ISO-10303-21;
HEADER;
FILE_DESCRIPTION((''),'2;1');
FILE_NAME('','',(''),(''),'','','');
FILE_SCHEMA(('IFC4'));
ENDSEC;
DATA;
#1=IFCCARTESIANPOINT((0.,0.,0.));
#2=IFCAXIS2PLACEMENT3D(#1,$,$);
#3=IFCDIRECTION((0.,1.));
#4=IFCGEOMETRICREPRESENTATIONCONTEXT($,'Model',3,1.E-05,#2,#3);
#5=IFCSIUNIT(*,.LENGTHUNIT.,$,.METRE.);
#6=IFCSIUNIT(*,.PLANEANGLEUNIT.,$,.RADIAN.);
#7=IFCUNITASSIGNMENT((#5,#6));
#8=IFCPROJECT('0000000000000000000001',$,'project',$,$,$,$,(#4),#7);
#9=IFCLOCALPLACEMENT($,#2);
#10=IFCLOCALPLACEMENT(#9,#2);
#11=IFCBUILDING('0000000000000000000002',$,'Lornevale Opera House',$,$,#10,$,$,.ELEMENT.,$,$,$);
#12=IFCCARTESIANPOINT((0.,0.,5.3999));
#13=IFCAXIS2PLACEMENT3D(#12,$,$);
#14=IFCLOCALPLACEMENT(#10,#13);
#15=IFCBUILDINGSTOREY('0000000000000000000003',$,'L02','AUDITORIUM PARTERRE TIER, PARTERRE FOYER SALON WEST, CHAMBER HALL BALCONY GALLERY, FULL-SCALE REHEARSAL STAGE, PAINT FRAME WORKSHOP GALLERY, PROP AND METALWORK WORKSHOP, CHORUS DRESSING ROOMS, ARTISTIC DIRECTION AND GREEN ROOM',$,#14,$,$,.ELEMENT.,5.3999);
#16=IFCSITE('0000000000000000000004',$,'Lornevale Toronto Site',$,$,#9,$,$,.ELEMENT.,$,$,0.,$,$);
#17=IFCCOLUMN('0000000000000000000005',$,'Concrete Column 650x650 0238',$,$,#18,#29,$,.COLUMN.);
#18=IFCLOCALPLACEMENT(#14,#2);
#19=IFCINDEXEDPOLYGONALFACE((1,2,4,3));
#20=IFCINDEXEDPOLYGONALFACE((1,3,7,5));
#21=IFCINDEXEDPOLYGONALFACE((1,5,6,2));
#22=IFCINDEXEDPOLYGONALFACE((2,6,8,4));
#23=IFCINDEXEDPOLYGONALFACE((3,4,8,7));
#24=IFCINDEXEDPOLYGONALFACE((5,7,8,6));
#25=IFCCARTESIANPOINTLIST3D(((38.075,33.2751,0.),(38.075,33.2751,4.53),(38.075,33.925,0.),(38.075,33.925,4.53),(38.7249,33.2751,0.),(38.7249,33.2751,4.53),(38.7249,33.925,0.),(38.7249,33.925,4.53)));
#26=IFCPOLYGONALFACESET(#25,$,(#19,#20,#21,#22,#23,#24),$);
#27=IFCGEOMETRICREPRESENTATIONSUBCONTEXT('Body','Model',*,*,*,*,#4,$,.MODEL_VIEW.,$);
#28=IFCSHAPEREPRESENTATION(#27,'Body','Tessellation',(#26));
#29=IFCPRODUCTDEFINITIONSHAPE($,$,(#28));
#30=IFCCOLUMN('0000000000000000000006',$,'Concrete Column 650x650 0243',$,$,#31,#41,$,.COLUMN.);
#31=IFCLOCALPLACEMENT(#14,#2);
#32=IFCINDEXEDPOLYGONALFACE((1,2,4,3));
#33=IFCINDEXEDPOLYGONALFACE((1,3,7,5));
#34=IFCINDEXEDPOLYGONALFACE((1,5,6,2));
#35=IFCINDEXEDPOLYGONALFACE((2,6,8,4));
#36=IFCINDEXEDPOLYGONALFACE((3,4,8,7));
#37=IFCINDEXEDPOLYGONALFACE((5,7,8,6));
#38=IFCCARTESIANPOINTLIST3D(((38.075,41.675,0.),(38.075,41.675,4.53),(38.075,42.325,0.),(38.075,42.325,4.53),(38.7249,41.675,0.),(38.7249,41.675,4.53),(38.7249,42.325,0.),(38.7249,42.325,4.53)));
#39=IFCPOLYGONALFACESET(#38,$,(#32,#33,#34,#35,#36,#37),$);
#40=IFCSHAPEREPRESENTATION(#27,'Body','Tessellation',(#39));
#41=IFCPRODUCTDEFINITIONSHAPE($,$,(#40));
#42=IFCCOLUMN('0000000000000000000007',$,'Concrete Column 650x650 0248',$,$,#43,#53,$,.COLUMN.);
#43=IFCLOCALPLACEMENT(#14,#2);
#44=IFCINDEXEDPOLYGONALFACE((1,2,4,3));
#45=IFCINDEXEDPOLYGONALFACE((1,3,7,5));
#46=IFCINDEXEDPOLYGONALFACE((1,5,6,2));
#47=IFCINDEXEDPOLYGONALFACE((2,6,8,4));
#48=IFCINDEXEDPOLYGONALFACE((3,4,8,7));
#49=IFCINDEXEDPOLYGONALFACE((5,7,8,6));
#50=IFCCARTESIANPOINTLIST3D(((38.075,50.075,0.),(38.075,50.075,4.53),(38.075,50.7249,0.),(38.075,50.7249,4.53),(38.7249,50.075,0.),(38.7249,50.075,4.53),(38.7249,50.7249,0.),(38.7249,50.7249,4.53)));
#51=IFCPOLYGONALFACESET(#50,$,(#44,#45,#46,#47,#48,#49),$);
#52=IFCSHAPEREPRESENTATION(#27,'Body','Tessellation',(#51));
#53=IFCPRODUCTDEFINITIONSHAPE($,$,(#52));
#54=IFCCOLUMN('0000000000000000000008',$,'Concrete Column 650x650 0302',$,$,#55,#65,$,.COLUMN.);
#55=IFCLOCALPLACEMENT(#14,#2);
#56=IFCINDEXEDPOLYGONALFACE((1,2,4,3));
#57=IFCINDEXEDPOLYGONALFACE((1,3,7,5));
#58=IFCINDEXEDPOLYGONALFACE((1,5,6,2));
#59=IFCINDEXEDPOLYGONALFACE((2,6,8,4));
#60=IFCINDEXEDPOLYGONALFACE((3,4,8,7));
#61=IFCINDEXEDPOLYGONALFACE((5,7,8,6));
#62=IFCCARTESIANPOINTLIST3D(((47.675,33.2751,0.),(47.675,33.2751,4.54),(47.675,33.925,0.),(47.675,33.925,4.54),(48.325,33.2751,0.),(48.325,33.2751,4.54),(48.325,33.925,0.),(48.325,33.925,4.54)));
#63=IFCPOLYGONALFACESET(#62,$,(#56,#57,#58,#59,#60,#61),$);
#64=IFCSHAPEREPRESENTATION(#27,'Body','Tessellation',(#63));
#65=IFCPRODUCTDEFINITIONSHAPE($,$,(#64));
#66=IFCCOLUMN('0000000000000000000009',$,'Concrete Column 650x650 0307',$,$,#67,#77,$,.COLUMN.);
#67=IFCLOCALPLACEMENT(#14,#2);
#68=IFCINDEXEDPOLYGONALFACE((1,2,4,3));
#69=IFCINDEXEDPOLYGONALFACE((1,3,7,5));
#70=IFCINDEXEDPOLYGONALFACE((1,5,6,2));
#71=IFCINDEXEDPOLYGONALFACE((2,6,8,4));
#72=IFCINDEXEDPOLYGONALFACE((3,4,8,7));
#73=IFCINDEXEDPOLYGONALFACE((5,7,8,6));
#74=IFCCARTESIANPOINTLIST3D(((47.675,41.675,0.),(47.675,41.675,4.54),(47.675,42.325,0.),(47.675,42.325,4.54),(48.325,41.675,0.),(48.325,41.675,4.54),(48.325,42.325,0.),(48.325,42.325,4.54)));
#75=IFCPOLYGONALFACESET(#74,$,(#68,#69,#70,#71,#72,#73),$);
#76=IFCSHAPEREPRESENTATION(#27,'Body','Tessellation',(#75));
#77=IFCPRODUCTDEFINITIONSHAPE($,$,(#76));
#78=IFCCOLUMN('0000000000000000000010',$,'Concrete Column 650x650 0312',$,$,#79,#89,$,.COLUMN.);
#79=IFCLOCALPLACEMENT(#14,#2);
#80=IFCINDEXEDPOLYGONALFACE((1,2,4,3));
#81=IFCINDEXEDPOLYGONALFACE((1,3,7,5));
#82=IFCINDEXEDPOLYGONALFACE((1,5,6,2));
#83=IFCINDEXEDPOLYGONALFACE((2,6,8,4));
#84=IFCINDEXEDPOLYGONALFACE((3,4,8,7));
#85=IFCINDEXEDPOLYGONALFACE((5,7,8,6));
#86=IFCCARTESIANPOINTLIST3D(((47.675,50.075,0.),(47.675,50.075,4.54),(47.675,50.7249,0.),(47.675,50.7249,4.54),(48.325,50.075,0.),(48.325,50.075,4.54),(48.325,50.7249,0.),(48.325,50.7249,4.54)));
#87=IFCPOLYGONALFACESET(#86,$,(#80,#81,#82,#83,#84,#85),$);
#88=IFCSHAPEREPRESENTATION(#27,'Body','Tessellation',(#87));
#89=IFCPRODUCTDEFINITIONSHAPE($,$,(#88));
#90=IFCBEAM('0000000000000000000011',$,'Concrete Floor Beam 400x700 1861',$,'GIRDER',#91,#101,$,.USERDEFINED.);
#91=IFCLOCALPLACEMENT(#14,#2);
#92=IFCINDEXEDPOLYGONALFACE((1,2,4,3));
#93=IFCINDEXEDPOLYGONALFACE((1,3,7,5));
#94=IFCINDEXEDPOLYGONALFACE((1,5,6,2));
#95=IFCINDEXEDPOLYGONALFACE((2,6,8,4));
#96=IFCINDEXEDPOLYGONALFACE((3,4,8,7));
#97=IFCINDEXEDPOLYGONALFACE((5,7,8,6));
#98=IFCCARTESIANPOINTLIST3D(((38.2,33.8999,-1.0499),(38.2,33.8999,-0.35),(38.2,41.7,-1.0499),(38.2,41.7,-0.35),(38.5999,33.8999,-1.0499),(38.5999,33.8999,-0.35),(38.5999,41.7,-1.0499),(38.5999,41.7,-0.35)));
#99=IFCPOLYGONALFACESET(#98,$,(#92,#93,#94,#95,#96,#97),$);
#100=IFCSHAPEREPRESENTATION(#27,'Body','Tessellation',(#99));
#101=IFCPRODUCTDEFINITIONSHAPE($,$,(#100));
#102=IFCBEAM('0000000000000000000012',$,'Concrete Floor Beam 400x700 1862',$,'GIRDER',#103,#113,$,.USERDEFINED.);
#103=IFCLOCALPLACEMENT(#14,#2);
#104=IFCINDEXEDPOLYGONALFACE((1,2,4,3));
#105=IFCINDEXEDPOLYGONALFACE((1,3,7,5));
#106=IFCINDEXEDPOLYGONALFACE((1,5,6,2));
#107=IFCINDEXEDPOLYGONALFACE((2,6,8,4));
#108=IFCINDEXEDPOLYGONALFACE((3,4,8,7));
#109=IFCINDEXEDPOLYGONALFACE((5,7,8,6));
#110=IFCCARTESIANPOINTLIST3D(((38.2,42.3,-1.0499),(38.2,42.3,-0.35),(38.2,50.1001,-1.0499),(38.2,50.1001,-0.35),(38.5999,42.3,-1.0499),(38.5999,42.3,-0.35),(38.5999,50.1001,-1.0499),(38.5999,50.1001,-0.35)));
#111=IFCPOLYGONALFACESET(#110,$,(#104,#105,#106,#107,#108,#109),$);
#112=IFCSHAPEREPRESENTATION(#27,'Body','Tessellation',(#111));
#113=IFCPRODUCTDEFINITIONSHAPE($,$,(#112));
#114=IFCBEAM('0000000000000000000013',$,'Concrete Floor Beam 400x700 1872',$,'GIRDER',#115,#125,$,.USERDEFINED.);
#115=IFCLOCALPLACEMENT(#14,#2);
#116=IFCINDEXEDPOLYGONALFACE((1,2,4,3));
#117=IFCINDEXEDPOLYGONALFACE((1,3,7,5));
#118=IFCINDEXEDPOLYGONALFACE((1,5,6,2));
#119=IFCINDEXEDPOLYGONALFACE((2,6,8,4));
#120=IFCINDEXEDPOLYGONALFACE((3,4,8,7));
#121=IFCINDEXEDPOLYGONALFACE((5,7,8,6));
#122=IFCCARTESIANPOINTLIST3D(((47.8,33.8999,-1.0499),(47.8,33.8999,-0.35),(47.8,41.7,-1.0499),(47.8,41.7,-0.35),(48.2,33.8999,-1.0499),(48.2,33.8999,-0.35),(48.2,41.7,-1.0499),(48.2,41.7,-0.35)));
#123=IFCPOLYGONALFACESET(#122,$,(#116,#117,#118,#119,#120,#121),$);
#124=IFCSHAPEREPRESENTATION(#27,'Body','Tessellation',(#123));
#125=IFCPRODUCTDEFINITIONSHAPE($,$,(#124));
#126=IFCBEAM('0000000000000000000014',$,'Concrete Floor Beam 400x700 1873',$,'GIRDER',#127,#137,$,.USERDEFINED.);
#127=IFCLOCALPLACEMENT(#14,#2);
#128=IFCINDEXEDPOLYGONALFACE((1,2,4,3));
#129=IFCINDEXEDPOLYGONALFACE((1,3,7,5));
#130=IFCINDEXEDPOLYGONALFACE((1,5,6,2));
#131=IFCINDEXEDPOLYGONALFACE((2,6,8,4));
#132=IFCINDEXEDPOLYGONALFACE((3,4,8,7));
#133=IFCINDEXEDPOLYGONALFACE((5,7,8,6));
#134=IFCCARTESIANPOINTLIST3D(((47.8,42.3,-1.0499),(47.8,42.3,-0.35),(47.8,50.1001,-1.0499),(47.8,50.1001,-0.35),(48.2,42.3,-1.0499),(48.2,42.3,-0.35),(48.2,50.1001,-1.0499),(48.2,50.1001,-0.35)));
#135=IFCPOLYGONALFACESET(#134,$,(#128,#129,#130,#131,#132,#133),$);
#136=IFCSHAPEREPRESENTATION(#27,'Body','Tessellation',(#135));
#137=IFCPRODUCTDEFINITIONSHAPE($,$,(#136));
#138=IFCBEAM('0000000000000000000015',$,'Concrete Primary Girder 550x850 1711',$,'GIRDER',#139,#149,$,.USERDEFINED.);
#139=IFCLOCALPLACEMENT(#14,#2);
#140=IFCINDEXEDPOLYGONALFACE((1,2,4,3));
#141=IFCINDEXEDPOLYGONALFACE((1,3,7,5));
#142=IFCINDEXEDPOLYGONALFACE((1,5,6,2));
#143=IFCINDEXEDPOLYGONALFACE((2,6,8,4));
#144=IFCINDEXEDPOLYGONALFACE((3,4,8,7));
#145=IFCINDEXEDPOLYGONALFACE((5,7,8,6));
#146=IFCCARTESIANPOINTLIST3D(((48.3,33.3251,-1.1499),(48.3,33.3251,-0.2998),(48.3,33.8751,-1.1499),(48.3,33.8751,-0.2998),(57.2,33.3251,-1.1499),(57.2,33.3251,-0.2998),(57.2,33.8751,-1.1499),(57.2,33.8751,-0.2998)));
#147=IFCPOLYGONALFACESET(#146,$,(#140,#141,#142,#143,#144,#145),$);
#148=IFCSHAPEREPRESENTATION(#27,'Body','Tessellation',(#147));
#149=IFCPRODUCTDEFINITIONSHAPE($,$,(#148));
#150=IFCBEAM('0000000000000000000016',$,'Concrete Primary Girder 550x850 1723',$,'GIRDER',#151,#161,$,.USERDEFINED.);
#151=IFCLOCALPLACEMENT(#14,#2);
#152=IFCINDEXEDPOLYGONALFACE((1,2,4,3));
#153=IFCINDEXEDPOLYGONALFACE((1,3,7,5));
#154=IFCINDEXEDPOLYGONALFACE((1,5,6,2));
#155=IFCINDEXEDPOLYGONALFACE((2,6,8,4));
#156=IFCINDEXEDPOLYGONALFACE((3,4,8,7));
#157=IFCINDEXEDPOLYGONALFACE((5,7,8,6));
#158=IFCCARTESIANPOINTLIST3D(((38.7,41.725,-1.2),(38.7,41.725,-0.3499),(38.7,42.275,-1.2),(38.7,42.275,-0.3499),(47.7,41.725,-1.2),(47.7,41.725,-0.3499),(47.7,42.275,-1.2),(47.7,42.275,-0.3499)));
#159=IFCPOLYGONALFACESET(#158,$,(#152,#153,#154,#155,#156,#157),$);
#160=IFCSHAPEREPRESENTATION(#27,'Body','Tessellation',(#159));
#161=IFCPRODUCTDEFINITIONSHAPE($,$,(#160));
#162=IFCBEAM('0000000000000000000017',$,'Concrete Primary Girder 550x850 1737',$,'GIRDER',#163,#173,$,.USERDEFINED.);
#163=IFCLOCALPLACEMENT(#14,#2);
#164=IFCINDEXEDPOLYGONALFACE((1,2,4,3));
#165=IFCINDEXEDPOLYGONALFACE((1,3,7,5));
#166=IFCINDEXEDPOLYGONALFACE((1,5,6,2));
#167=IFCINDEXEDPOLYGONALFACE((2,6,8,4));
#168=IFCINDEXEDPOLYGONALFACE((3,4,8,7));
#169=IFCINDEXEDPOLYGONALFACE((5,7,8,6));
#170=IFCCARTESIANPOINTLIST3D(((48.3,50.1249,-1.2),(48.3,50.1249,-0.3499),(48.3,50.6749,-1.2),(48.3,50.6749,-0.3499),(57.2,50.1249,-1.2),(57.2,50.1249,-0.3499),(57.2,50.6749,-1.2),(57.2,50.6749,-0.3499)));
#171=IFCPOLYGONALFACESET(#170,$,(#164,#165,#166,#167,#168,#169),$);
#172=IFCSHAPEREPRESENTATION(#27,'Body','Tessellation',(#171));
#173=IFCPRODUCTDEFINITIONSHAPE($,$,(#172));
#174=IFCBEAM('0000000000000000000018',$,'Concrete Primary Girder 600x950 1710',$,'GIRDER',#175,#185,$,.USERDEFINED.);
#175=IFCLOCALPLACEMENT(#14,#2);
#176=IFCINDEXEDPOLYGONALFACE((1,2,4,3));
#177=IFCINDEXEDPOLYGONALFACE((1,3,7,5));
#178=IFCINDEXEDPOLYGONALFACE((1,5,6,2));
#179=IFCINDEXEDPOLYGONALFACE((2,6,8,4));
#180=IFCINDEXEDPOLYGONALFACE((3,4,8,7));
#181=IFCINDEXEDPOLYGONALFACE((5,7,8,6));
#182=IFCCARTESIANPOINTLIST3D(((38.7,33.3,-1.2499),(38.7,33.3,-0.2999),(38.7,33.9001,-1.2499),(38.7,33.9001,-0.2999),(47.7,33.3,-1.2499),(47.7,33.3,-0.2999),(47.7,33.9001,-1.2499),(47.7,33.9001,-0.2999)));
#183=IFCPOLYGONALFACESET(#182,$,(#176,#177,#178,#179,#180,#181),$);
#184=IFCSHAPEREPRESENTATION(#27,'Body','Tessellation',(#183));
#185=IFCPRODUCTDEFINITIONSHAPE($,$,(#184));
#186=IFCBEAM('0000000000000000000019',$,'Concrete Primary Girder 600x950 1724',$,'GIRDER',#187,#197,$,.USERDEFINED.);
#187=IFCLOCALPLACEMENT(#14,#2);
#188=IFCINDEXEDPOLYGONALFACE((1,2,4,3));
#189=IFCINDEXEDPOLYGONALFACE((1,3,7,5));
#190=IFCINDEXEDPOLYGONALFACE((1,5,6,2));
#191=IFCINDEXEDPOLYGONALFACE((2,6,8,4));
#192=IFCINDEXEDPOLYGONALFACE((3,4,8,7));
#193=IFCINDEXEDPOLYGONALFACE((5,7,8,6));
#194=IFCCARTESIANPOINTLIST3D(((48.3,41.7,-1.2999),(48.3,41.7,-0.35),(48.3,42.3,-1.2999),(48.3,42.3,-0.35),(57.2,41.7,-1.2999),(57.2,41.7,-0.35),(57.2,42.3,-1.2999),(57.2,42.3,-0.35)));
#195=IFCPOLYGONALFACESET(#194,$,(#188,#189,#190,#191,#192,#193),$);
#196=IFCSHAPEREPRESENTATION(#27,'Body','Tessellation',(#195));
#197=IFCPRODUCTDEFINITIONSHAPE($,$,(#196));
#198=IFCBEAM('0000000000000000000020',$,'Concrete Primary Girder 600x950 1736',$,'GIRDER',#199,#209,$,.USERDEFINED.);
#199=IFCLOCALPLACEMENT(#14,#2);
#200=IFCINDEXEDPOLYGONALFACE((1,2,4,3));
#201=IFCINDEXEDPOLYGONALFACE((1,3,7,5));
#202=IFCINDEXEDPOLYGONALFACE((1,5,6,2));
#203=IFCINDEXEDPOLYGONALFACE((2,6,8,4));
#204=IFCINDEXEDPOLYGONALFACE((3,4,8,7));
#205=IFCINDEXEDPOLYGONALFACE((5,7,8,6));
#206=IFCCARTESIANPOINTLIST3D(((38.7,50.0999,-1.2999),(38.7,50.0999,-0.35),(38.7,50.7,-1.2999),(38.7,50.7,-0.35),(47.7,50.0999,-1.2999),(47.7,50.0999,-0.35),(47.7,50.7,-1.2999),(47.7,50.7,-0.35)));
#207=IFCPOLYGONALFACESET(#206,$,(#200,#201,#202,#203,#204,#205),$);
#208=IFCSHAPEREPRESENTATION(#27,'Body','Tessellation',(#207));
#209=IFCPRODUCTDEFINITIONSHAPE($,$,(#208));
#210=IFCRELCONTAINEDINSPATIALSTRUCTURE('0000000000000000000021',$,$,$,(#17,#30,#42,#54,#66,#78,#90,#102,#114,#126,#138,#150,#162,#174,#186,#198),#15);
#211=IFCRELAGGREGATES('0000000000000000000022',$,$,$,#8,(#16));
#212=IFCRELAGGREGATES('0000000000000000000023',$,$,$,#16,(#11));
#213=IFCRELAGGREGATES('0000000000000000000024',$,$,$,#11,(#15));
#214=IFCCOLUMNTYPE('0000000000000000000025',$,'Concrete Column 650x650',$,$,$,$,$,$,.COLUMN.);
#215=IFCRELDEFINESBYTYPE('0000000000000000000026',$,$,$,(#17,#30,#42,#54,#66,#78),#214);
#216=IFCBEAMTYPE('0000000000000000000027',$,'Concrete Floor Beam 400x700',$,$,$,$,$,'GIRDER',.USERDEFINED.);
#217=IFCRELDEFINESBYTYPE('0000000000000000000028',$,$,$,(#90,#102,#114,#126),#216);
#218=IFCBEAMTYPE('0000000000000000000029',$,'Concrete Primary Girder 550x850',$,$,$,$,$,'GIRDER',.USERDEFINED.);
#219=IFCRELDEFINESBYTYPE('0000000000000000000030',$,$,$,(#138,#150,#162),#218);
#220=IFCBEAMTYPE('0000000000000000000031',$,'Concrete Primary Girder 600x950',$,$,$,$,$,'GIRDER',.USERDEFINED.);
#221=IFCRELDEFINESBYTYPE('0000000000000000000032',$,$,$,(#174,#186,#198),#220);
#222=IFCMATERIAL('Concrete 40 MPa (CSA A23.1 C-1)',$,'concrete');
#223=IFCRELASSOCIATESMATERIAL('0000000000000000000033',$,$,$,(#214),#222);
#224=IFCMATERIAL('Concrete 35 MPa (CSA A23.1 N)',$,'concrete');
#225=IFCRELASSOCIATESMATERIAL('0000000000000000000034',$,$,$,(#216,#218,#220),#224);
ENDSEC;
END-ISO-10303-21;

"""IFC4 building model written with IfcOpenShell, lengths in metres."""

from ifc_helpers import new_model, si_unit, direction, frame, origin, origin_2d, place, context, subcontext, project, spatial, rectangle, extrude, material, material_profile, profile_set, type_object, element, save


model = new_model("IFC4")

# Units and contexts
model_context = context("Model", 3, precision=1e-05, world=origin(), true_north=direction((0.0, 1.0)))
body_context = subcontext(model_context, "Body", "Model", "MODEL_VIEW")
ifc_project = project(units=[si_unit("LENGTHUNIT", "METRE"), si_unit("PLANEANGLEUNIT", "RADIAN")], contexts=[model_context])

# Site, building, storey
site_placement = place(None, origin())
site = spatial("IfcSite", under=ifc_project, at=site_placement, Name="Lornevale Toronto Site", CompositionType="ELEMENT", RefElevation=0.0)
building_placement = place(site_placement, origin())
building = spatial("IfcBuilding", under=site, at=building_placement, Name="Lornevale Opera House", CompositionType="ELEMENT")
storey_placement = place(building_placement, frame((0.0, 0.0, 5.3999)))
storey = spatial("IfcBuildingStorey", under=building, at=storey_placement, Name="L02", Description="AUDITORIUM PARTERRE TIER, PARTERRE FOYER SALON WEST, CHAMBER HALL BALCONY GALLERY, FULL-SCALE REHEARSAL STAGE, PAINT FRAME WORKSHOP GALLERY, PROP AND METALWORK WORKSHOP, CHORUS DRESSING ROOMS, ARTISTIC DIRECTION AND GREEN ROOM", CompositionType="ELEMENT", Elevation=5.3999)

# Columns
ifc_material_1 = material(Name="Concrete 40 MPa (CSA A23.1 C-1)", Category="concrete")
ifc_material_profile_1 = material_profile(ifc_material_1, rectangle(XDim=0.6499, YDim=0.6499, at=origin_2d()), Name="RC650x650")
ifc_profile_set_1 = profile_set([ifc_material_profile_1], Name="Concrete 40 MPa (CSA A23.1 C-1)")
column_type = type_object("IfcColumnType", Name="Concrete Column 650x650", PredefinedType="COLUMN", material=ifc_profile_set_1)
for number, where, z_axis, x_axis, name in (
    (1, (38.3999, 33.6001, 0.0), (0.0, 0.0, 1.0), (1.0, 0.0, 0.0), "Concrete Column 650x650 0238"),
    (2, (38.3999, 42.0, 0.0), (0.0, 0.0, 1.0), (1.0, 0.0, 0.0), "Concrete Column 650x650 0243"),
    (3, (38.3999, 50.3999, 0.0), (0.0, 0.0, 1.0), (1.0, 0.0, 0.0), "Concrete Column 650x650 0248"),
):
    element("IfcColumn", number, at=place(storey_placement, frame(where, z_axis=z_axis, x_axis=x_axis)), inside=storey, type_object=column_type, Name=name, PredefinedType="COLUMN", context=body_context, shape_type="SweptSolid", body=[
        extrude(rectangle(XDim=0.6499, YDim=0.6499, at=origin_2d()), origin(), (0.0, 0.0, 1.0), 4.53),
    ])
for number, where, z_axis, x_axis, name in (
    (4, (48.0, 33.6001, 0.0), (0.0, 0.0, 1.0), (1.0, 0.0, 0.0), "Concrete Column 650x650 0302"),
    (5, (48.0, 42.0, 0.0), (0.0, 0.0, 1.0), (1.0, 0.0, 0.0), "Concrete Column 650x650 0307"),
    (6, (48.0, 50.3999, 0.0), (0.0, 0.0, 1.0), (1.0, 0.0, 0.0), "Concrete Column 650x650 0312"),
):
    element("IfcColumn", number, at=place(storey_placement, frame(where, z_axis=z_axis, x_axis=x_axis)), inside=storey, type_object=column_type, Name=name, PredefinedType="COLUMN", context=body_context, shape_type="SweptSolid", body=[
        extrude(rectangle(XDim=0.6499, YDim=0.6499, at=origin_2d()), origin(), (0.0, 0.0, 1.0), 4.54),
    ])

# Beams
ifc_material_2 = material(Name="Concrete 35 MPa (CSA A23.1 N)", Category="concrete")
ifc_material_profile_2 = material_profile(ifc_material_2, rectangle(XDim=0.3999, YDim=0.7, at=origin_2d()), Name="RC400x700")
ifc_profile_set_2 = profile_set([ifc_material_profile_2], Name="Concrete 35 MPa (CSA A23.1 N)")
beam_type_1 = type_object("IfcBeamType", Name="Concrete Floor Beam 400x700", ElementType="GIRDER", PredefinedType="USERDEFINED", material=ifc_profile_set_2)
for number, where, z_axis, x_axis, name in (
    (7, (38.3999, 33.8999, -0.7), (0.0, 1.0, 0.0), (-1.0, 0.0, 0.0), "Concrete Floor Beam 400x700 1861"),
    (8, (38.3999, 42.3, -0.7), (0.0, 1.0, 0.0), (-1.0, 0.0, 0.0), "Concrete Floor Beam 400x700 1862"),
    (9, (48.0, 33.8999, -0.7), (0.0, 1.0, 0.0), (-1.0, 0.0, 0.0), "Concrete Floor Beam 400x700 1872"),
    (10, (48.0, 42.3, -0.7), (0.0, 1.0, 0.0), (-1.0, 0.0, 0.0), "Concrete Floor Beam 400x700 1873"),
):
    element("IfcBeam", number, at=place(storey_placement, frame(where, z_axis=z_axis, x_axis=x_axis)), inside=storey, type_object=beam_type_1, Name=name, ObjectType="GIRDER", PredefinedType="USERDEFINED", context=body_context, shape_type="SweptSolid", body=[
        extrude(rectangle(XDim=0.3999, YDim=0.7, at=origin_2d()), origin(), (0.0, 0.0, 1.0), 7.8),
    ])
ifc_material_profile_3 = material_profile(ifc_material_2, rectangle(XDim=0.55, YDim=0.8501, at=origin_2d()), Name="RC550x850")
ifc_profile_set_3 = profile_set([ifc_material_profile_3], Name="Concrete 35 MPa (CSA A23.1 N)")
beam_type_2 = type_object("IfcBeamType", Name="Concrete Primary Girder 550x850", ElementType="GIRDER", PredefinedType="USERDEFINED", material=ifc_profile_set_3)
beam_1_placement = place(storey_placement, frame((48.3, 33.6001, -0.7249), z_axis=(1.0, 0.0, 0.0), x_axis=(0.0, 1.0, 0.0)))
element("IfcBeam", 11, at=beam_1_placement, inside=storey, type_object=beam_type_2, Name="Concrete Primary Girder 550x850 1711", ObjectType="GIRDER", PredefinedType="USERDEFINED", context=body_context, shape_type="SweptSolid", body=[
    extrude(rectangle(XDim=0.55, YDim=0.8501, at=origin_2d()), origin(), (0.0, 0.0, 1.0), 8.8999),
])
beam_2_placement = place(storey_placement, frame((38.7, 42.0, -0.7749), z_axis=(1.0, 0.0, 0.0), x_axis=(0.0, 1.0, 0.0)))
element("IfcBeam", 12, at=beam_2_placement, inside=storey, type_object=beam_type_2, Name="Concrete Primary Girder 550x850 1723", ObjectType="GIRDER", PredefinedType="USERDEFINED", context=body_context, shape_type="SweptSolid", body=[
    extrude(rectangle(XDim=0.55, YDim=0.8501, at=origin_2d()), origin(), (0.0, 0.0, 1.0), 9.0),
])
beam_3_placement = place(storey_placement, frame((48.3, 50.3999, -0.7749), z_axis=(1.0, 0.0, 0.0), x_axis=(0.0, 1.0, 0.0)))
element("IfcBeam", 13, at=beam_3_placement, inside=storey, type_object=beam_type_2, Name="Concrete Primary Girder 550x850 1737", ObjectType="GIRDER", PredefinedType="USERDEFINED", context=body_context, shape_type="SweptSolid", body=[
    extrude(rectangle(XDim=0.55, YDim=0.8501, at=origin_2d()), origin(), (0.0, 0.0, 1.0), 8.8999),
])
ifc_material_profile_4 = material_profile(ifc_material_2, rectangle(XDim=0.6001, YDim=0.95, at=origin_2d()), Name="RC600x950")
ifc_profile_set_4 = profile_set([ifc_material_profile_4], Name="Concrete 35 MPa (CSA A23.1 N)")
beam_type_3 = type_object("IfcBeamType", Name="Concrete Primary Girder 600x950", ElementType="GIRDER", PredefinedType="USERDEFINED", material=ifc_profile_set_4)
beam_4_placement = place(storey_placement, frame((38.7, 33.6001, -0.7749), z_axis=(1.0, 0.0, 0.0), x_axis=(0.0, 1.0, 0.0)))
element("IfcBeam", 14, at=beam_4_placement, inside=storey, type_object=beam_type_3, Name="Concrete Primary Girder 600x950 1710", ObjectType="GIRDER", PredefinedType="USERDEFINED", context=body_context, shape_type="SweptSolid", body=[
    extrude(rectangle(XDim=0.6001, YDim=0.95, at=origin_2d()), origin(), (0.0, 0.0, 1.0), 9.0),
])
beam_5_placement = place(storey_placement, frame((48.3, 42.0, -0.825), z_axis=(1.0, 0.0, 0.0), x_axis=(0.0, 1.0, 0.0)))
element("IfcBeam", 15, at=beam_5_placement, inside=storey, type_object=beam_type_3, Name="Concrete Primary Girder 600x950 1724", ObjectType="GIRDER", PredefinedType="USERDEFINED", context=body_context, shape_type="SweptSolid", body=[
    extrude(rectangle(XDim=0.6001, YDim=0.95, at=origin_2d()), origin(), (0.0, 0.0, 1.0), 8.8999),
])
beam_6_placement = place(storey_placement, frame((38.7, 50.3999, -0.825), z_axis=(1.0, 0.0, 0.0), x_axis=(0.0, 1.0, 0.0)))
element("IfcBeam", 16, at=beam_6_placement, inside=storey, type_object=beam_type_3, Name="Concrete Primary Girder 600x950 1736", ObjectType="GIRDER", PredefinedType="USERDEFINED", context=body_context, shape_type="SweptSolid", body=[
    extrude(rectangle(XDim=0.6001, YDim=0.95, at=origin_2d()), origin(), (0.0, 0.0, 1.0), 9.0),
])

save(model, "model.ifc")
